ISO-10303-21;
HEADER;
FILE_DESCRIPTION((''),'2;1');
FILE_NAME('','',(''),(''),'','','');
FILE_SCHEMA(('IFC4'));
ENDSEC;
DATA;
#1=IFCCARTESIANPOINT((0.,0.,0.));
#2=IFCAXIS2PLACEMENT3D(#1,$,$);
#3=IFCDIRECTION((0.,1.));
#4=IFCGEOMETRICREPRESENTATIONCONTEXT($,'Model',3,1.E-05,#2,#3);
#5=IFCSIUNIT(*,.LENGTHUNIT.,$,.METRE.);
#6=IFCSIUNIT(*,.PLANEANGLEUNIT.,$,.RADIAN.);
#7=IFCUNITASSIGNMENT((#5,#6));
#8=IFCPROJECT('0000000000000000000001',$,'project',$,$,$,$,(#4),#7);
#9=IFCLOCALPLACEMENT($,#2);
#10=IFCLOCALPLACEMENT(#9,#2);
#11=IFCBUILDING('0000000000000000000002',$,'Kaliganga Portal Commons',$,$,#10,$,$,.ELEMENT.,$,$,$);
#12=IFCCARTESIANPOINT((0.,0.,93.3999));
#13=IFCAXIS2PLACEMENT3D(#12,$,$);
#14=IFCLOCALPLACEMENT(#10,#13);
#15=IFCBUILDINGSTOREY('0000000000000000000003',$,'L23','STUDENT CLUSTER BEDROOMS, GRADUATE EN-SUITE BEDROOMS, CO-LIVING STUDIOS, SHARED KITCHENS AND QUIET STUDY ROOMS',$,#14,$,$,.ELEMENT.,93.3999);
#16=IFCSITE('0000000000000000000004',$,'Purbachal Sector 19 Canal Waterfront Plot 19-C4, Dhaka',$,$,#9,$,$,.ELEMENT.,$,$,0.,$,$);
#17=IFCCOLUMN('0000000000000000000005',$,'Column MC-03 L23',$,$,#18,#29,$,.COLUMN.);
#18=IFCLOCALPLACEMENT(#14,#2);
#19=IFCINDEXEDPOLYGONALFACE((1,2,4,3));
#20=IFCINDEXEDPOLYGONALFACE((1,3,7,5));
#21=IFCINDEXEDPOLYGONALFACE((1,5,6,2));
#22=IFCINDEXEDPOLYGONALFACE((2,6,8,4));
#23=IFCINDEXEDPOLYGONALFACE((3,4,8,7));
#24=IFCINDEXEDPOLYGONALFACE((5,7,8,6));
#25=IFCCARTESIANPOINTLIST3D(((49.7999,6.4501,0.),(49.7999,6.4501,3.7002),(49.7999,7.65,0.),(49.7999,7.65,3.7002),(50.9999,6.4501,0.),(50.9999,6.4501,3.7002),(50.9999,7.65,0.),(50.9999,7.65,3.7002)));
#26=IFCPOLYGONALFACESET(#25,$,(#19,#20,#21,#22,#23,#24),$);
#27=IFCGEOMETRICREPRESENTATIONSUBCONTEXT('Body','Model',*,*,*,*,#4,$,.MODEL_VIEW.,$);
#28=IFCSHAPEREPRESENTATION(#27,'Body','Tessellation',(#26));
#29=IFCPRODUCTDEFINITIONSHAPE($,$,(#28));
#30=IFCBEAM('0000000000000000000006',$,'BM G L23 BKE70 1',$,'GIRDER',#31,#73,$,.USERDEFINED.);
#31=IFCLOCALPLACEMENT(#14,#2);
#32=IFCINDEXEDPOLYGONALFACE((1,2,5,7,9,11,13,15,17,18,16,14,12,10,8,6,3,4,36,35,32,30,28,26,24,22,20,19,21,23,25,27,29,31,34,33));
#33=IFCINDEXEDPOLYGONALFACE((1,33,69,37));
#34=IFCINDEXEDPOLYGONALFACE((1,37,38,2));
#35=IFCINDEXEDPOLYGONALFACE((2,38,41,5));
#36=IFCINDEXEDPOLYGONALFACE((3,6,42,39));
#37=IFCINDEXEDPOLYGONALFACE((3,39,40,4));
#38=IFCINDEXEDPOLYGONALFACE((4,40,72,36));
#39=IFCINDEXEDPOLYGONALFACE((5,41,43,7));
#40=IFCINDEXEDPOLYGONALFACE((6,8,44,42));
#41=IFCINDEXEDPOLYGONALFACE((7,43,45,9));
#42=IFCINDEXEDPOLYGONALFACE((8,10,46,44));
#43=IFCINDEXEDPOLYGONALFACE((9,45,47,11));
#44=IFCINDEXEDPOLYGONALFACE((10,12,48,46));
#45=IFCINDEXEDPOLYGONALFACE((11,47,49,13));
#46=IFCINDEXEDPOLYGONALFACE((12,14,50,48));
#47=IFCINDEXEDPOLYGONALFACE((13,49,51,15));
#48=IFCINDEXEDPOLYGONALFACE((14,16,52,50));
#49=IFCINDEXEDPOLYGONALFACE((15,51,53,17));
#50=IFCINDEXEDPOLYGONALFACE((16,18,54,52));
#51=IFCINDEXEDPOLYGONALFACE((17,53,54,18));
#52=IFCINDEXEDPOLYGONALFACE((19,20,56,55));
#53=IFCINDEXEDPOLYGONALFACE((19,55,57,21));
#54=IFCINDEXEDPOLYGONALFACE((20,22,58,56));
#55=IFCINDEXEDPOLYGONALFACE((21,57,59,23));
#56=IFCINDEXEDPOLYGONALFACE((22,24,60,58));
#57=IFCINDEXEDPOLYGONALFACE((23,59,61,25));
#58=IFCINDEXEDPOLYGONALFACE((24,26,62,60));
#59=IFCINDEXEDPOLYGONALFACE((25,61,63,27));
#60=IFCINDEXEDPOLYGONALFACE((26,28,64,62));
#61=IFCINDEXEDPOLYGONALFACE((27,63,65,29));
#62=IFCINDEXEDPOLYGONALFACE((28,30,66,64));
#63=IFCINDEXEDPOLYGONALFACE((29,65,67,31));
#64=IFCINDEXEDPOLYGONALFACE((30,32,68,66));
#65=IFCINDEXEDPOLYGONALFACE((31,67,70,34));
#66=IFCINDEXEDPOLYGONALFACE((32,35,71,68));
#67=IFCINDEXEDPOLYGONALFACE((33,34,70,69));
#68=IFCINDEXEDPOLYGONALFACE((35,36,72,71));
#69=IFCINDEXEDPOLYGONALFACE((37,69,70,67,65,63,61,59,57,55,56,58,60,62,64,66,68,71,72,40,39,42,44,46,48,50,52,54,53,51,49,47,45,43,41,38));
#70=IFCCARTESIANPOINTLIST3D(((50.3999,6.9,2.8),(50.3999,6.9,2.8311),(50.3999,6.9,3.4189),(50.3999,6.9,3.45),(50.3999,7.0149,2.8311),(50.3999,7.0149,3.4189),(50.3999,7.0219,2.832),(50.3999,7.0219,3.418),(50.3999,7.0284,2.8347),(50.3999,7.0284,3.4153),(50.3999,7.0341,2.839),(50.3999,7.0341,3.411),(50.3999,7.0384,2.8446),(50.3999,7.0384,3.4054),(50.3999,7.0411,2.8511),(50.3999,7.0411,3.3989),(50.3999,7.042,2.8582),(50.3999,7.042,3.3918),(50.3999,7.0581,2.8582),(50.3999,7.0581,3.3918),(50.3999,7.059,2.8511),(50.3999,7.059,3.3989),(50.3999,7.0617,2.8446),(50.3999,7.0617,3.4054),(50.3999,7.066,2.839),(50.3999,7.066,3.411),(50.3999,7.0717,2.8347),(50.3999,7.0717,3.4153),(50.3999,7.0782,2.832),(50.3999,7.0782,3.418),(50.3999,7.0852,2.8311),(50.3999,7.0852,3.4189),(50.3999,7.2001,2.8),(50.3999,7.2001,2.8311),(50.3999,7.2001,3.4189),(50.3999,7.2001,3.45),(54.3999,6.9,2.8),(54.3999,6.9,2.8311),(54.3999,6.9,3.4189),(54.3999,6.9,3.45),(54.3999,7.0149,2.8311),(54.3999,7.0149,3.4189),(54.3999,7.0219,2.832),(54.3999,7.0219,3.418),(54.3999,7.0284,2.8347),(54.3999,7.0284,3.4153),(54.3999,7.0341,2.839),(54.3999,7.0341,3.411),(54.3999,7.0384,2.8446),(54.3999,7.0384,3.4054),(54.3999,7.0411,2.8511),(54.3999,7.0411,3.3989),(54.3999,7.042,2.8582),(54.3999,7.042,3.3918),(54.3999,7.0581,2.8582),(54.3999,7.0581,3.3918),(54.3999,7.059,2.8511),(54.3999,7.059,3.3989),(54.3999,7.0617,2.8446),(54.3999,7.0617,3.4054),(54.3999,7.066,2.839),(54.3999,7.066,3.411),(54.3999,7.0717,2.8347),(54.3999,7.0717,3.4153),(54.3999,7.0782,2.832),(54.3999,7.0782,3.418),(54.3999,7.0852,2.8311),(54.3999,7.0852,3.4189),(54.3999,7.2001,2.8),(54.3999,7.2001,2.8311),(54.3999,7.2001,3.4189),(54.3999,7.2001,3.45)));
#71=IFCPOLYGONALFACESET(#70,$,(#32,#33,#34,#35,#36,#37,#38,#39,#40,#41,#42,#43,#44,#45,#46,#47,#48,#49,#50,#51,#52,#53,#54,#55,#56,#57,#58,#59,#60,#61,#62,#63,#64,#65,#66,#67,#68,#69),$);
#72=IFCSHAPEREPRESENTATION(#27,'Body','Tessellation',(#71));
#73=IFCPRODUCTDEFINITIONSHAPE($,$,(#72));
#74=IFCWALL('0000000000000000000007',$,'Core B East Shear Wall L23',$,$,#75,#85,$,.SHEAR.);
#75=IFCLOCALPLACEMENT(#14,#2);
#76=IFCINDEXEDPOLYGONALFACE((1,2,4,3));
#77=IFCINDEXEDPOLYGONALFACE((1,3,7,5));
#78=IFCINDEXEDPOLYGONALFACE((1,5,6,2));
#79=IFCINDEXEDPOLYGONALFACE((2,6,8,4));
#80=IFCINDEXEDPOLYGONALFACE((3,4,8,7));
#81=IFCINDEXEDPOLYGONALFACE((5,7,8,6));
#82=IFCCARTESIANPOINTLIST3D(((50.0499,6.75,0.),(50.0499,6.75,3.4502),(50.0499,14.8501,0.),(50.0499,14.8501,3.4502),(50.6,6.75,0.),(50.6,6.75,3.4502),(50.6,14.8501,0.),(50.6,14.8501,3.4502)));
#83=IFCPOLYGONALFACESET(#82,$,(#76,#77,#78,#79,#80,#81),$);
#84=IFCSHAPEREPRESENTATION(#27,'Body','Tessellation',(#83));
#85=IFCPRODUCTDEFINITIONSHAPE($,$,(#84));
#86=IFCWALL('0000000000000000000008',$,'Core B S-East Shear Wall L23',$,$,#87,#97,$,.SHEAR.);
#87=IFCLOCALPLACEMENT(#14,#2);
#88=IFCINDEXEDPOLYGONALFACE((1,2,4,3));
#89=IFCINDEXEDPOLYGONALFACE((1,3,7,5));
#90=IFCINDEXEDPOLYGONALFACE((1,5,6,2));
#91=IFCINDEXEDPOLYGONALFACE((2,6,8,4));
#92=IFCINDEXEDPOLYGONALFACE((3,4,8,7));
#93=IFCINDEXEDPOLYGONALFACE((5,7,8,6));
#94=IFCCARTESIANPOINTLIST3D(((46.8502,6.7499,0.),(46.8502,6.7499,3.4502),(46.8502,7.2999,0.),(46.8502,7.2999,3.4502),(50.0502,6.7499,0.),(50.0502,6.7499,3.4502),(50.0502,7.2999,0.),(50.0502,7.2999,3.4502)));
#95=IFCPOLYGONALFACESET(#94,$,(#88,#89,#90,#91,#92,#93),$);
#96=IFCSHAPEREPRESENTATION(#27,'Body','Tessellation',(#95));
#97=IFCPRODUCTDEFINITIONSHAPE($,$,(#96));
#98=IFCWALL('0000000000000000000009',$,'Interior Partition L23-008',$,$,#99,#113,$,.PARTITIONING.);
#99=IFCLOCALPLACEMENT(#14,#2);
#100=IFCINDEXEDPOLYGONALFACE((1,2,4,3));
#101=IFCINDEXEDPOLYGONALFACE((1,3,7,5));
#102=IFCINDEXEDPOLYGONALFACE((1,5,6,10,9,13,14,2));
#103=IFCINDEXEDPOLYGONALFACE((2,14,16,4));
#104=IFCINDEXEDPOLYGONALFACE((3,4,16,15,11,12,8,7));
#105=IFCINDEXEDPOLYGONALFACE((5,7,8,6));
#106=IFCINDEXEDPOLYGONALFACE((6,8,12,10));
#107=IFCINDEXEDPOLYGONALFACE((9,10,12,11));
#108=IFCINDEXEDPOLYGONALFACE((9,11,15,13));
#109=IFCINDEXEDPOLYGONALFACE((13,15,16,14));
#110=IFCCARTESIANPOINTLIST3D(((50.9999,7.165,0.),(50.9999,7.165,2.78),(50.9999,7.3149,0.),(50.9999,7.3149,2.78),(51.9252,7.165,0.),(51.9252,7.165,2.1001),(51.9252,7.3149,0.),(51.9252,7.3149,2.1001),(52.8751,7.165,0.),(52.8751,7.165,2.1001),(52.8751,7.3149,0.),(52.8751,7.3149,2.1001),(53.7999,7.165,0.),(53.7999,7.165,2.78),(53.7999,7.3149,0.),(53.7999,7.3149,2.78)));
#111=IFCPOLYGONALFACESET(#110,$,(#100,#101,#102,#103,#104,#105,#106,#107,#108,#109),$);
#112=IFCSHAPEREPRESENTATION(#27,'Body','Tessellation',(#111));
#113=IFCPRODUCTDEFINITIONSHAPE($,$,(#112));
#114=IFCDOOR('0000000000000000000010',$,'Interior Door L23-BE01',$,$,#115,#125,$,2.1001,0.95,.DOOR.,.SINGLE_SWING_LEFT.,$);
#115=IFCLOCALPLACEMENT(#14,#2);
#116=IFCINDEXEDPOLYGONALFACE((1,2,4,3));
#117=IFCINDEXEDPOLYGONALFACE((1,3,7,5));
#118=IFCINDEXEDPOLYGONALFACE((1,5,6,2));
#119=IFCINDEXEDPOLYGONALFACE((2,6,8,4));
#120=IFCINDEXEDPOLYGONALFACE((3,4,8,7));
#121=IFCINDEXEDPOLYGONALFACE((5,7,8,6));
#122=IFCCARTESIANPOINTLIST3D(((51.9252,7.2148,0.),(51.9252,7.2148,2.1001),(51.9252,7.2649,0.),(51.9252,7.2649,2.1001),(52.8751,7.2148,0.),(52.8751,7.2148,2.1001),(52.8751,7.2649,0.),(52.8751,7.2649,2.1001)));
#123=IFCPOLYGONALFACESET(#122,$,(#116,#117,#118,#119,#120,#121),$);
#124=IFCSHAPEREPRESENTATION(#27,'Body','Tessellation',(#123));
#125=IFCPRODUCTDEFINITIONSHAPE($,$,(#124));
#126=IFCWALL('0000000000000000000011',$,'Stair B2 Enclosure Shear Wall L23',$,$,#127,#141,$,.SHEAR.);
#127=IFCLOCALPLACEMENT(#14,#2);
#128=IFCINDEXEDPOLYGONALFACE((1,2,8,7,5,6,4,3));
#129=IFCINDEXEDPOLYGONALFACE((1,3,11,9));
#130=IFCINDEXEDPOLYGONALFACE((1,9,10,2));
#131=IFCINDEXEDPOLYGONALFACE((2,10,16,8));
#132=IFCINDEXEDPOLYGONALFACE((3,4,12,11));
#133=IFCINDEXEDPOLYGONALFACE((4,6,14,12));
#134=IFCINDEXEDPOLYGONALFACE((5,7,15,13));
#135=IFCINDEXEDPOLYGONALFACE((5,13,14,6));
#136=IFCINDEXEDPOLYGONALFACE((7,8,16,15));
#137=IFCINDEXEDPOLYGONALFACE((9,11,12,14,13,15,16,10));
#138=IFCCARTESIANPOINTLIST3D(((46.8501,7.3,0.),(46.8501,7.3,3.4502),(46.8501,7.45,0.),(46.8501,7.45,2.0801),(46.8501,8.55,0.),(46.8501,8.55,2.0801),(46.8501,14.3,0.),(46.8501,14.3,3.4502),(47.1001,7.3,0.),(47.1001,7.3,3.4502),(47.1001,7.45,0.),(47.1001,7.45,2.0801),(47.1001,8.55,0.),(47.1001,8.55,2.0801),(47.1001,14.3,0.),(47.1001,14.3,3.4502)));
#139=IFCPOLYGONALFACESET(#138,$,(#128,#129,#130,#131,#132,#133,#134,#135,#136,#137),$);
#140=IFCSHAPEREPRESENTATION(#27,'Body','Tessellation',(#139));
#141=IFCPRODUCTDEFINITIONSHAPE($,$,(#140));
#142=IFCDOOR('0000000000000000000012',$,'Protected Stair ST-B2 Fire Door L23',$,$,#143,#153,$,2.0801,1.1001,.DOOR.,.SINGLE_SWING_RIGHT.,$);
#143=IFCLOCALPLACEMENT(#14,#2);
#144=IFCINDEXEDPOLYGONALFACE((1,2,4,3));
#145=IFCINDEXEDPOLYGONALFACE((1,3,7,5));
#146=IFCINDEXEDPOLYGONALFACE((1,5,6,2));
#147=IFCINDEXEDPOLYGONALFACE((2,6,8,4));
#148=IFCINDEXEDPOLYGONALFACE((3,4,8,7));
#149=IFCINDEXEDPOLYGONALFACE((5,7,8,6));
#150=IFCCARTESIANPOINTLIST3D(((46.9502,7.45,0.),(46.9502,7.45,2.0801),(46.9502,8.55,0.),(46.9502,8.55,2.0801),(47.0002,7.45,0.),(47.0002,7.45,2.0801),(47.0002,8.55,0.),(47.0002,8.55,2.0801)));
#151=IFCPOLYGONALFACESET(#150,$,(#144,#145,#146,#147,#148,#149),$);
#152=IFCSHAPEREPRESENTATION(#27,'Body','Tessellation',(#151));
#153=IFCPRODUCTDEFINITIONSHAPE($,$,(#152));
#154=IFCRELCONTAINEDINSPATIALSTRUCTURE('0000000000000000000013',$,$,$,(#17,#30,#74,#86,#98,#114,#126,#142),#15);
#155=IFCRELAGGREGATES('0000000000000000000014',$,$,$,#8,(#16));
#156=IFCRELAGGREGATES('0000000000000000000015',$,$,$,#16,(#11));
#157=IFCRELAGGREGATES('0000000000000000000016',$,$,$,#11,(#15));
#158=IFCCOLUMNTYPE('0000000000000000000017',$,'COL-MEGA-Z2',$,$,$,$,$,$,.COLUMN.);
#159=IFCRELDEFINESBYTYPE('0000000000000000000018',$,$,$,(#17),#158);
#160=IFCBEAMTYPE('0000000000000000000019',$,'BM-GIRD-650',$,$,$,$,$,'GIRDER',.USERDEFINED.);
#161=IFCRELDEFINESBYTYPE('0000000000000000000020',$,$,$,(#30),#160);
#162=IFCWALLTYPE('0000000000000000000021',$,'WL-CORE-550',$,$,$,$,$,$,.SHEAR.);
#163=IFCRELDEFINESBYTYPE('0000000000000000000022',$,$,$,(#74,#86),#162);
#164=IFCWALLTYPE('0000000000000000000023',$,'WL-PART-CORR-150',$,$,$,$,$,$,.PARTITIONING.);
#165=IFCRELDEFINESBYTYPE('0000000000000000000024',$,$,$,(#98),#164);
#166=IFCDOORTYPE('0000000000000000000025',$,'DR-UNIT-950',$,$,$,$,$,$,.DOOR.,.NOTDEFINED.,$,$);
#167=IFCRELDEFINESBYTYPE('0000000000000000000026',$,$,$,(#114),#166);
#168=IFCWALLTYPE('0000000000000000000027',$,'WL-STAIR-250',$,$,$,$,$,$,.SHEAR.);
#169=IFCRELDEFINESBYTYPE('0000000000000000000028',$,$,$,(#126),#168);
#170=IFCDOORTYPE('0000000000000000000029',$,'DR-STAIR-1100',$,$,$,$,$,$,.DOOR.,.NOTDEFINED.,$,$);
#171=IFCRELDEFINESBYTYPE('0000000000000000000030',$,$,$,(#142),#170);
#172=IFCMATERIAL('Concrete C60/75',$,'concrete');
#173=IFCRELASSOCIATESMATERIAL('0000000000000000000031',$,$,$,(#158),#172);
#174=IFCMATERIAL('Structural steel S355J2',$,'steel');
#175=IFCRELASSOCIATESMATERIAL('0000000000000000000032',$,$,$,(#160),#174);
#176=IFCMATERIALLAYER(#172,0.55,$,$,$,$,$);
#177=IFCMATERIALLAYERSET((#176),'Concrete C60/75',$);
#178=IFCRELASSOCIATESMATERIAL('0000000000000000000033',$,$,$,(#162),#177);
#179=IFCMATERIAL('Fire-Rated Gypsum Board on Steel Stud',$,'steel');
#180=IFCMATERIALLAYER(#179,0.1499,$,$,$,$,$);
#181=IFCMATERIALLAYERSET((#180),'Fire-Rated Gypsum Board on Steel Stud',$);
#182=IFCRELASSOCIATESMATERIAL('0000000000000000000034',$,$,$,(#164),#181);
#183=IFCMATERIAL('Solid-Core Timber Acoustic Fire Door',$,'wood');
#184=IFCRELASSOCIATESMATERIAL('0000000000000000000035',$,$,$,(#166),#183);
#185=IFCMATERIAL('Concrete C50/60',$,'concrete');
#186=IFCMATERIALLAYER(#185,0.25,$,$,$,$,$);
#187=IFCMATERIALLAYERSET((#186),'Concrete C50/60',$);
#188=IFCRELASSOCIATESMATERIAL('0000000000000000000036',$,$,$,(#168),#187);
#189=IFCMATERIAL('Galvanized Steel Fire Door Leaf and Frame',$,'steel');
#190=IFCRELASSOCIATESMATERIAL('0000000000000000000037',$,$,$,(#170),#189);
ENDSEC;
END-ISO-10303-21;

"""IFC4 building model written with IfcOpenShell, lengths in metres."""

from ifc_helpers import new_model, si_unit, direction, frame, frame_2d, origin, origin_2d, place, context, subcontext, project, spatial, rectangle, i_section, extrude, source, transform, mapped, material, layer, layer_set, material_profile, profile_set, type_object, element, fill, save


model = new_model("IFC4")

# Units and contexts
model_context = context("Model", 3, precision=1e-05, world=origin(), true_north=direction((0.0, 1.0)))
body_context = subcontext(model_context, "Body", "Model", "MODEL_VIEW")
ifc_project = project(units=[si_unit("LENGTHUNIT", "METRE"), si_unit("PLANEANGLEUNIT", "RADIAN")], contexts=[model_context])

# Site, building, storey
site_placement = place(None, origin())
site = spatial("IfcSite", under=ifc_project, at=site_placement, Name="Purbachal Sector 19 Canal Waterfront Plot 19-C4, Dhaka", CompositionType="ELEMENT", RefElevation=0.0)
building_placement = place(site_placement, origin())
building = spatial("IfcBuilding", under=site, at=building_placement, Name="Kaliganga Portal Commons", CompositionType="ELEMENT")
storey_placement = place(building_placement, frame((0.0, 0.0, 93.3999)))
storey = spatial("IfcBuildingStorey", under=building, at=storey_placement, Name="L23", Description="STUDENT CLUSTER BEDROOMS, GRADUATE EN-SUITE BEDROOMS, CO-LIVING STUDIOS, SHARED KITCHENS AND QUIET STUDY ROOMS", CompositionType="ELEMENT", Elevation=93.3999)

# Column
ifc_material_1 = material(Name="Concrete C60/75", Category="concrete")
ifc_material_profile_1 = material_profile(ifc_material_1, rectangle(XDim=1.2, YDim=1.2, at=origin_2d()), Name="RC 1200x1200")
ifc_profile_set_1 = profile_set([ifc_material_profile_1], Name="Concrete C60/75")
column_type = type_object("IfcColumnType", Name="COL-MEGA-Z2", PredefinedType="COLUMN", material=ifc_profile_set_1)
shared_shape_1 = source(origin(), body_context, "Body", "SweptSolid", [
    extrude(rectangle(XDim=1.2, YDim=1.2, at=origin_2d()), origin(), (0.0, 0.0, 1.0), 3.7002),
])
column_placement = place(storey_placement, frame((50.3999, 7.05, 0.0), z_axis=(0.0, 0.0, 1.0), x_axis=(1.0, 0.0, 0.0)))
element("IfcColumn", 1, at=column_placement, inside=storey, type_object=column_type, Name="Column MC-03 L23", PredefinedType="COLUMN", context=body_context, shape_type="MappedRepresentation", body=[
    mapped(shared_shape_1, transform((0.0, 0.0, 0.0), x_axis=(1.0, 0.0, 0.0), y_axis=(0.0, 1.0, 0.0), z_axis=(0.0, 0.0, 1.0), scale=1.0)),
])

# Beam
ifc_material_2 = material(Name="Structural steel S355J2", Category="steel")
ifc_material_profile_2 = material_profile(ifc_material_2, i_section(OverallWidth=0.3, OverallDepth=0.6499, WebThickness=0.0161, FlangeThickness=0.031, FilletRadius=0.0271, at=origin_2d()), Name="HE 650 B")
ifc_profile_set_2 = profile_set([ifc_material_profile_2], Name="Structural steel S355J2 wide-flange")
beam_type = type_object("IfcBeamType", Name="BM-GIRD-650", ElementType="GIRDER", PredefinedType="USERDEFINED", material=ifc_profile_set_2)
shared_shape_2 = source(origin(), body_context, "Body", "SweptSolid", [
    extrude(i_section(OverallWidth=0.3, OverallDepth=0.6499, WebThickness=0.0161, FlangeThickness=0.031, FilletRadius=0.0271, at=origin_2d()), origin(), (0.0, 0.0, 1.0), 4.0),
])
beam_placement = place(storey_placement, frame((50.3999, 7.05, 3.125), z_axis=(1.0, 0.0, 0.0), x_axis=(0.0, 1.0, 0.0)))
element("IfcBeam", 2, at=beam_placement, inside=storey, type_object=beam_type, Name="BM G L23 BKE70 1", ObjectType="GIRDER", PredefinedType="USERDEFINED", context=body_context, shape_type="MappedRepresentation", body=[
    mapped(shared_shape_2, transform((0.0, 0.0, 0.0), x_axis=(1.0, 0.0, 0.0), y_axis=(0.0, 1.0, 0.0), z_axis=(0.0, 0.0, 1.0), scale=1.0)),
])

# Walls
ifc_layer_1 = layer(ifc_material_1, 0.55)
ifc_layer_set_1 = layer_set([ifc_layer_1], Name="Concrete C60/75")
wall_type_1 = type_object("IfcWallType", Name="WL-CORE-550", PredefinedType="SHEAR", material=ifc_layer_set_1)
wall_1_placement = place(storey_placement, frame((50.325, 6.75, 0.0), z_axis=(0.0, 0.0, 1.0), x_axis=(0.0, 1.0, 0.0)))
element("IfcWall", 3, at=wall_1_placement, inside=storey, type_object=wall_type_1, Name="Core B East Shear Wall L23", PredefinedType="SHEAR", context=body_context, shape_type="SweptSolid", body=[
    extrude(rectangle(XDim=8.1001, YDim=0.55, at=frame_2d((4.05, 0.0))), origin(), (0.0, 0.0, 1.0), 3.4502),
])
wall_2_placement = place(storey_placement, frame((46.8501, 7.0249, 0.0), z_axis=(0.0, 0.0, 1.0), x_axis=(1.0, 0.0, 0.0)))
element("IfcWall", 4, at=wall_2_placement, inside=storey, type_object=wall_type_1, Name="Core B S-East Shear Wall L23", PredefinedType="SHEAR", context=body_context, shape_type="SweptSolid", body=[
    extrude(rectangle(XDim=3.2, YDim=0.55, at=frame_2d((1.6001, 0.0))), origin(), (0.0, 0.0, 1.0), 3.4502),
])

# Walls, openings, doors
ifc_material_3 = material(Name="Fire-Rated Gypsum Board on Steel Stud", Category="steel")
ifc_layer_2 = layer(ifc_material_3, 0.1499)
ifc_layer_set_2 = layer_set([ifc_layer_2], Name="Fire-Rated Gypsum Board on Steel Stud")
wall_type_2 = type_object("IfcWallType", Name="WL-PART-CORR-150", PredefinedType="PARTITIONING", material=ifc_layer_set_2)
wall_3_placement = place(storey_placement, frame((51.0, 7.24, 0.0), z_axis=(0.0, 0.0, 1.0), x_axis=(1.0, 0.0, 0.0)))
wall_3 = element("IfcWall", 5, at=wall_3_placement, inside=storey, type_object=wall_type_2, Name="Interior Partition L23-008", PredefinedType="PARTITIONING", context=body_context, shape_type="SweptSolid", body=[
    extrude(rectangle(XDim=2.8, YDim=0.1499, at=frame_2d((1.3999, 0.0))), origin(), (0.0, 0.0, 1.0), 2.78),
])
opening_1_placement = place(wall_3_placement, frame((0.925, 0.0, 0.0)))
opening_1 = element("IfcOpeningElement", 6, at=opening_1_placement, cuts=wall_3, PredefinedType="OPENING", context=body_context, shape_type="SweptSolid", body=[
    extrude(rectangle(XDim=0.95, YDim=2.1001, at=frame_2d((0.4751, 1.05))), frame((0.0, 0.085, 0.0), z_axis=(0.0, -1.0, 0.0), x_axis=(1.0, 0.0, 0.0)), (0.0, 0.0, 1.0), 0.1699),
])
ifc_material_4 = material(Name="Solid-Core Timber Acoustic Fire Door", Category="wood")
door_type_1 = type_object("IfcDoorType", Name="DR-UNIT-950", OperationType="NOTDEFINED", PredefinedType="DOOR", material=ifc_material_4)
door_1_placement = place(opening_1_placement, origin())
door_1 = element("IfcDoor", 7, at=door_1_placement, inside=storey, type_object=door_type_1, Name="Interior Door L23-BE01", OperationType="SINGLE_SWING_LEFT", OverallHeight=2.1001, OverallWidth=0.95, PredefinedType="DOOR", context=body_context, shape_type="SweptSolid", body=[
    extrude(rectangle(XDim=0.95, YDim=2.1001, at=frame_2d((0.4751, 1.05))), frame((0.0, 0.0249, 0.0), z_axis=(0.0, -1.0, 0.0), x_axis=(1.0, 0.0, 0.0)), (0.0, 0.0, 1.0), 0.05),
])
fill(opening_1, door_1)
ifc_material_5 = material(Name="Concrete C50/60", Category="concrete")
ifc_layer_3 = layer(ifc_material_5, 0.25)
ifc_layer_set_3 = layer_set([ifc_layer_3], Name="Concrete C50/60")
wall_type_3 = type_object("IfcWallType", Name="WL-STAIR-250", PredefinedType="SHEAR", material=ifc_layer_set_3)
wall_4_placement = place(storey_placement, frame((46.9751, 7.3, 0.0), z_axis=(0.0, 0.0, 1.0), x_axis=(0.0, 1.0, 0.0)))
wall_4 = element("IfcWall", 8, at=wall_4_placement, inside=storey, type_object=wall_type_3, Name="Stair B2 Enclosure Shear Wall L23", PredefinedType="SHEAR", context=body_context, shape_type="SweptSolid", body=[
    extrude(rectangle(XDim=7.0, YDim=0.25, at=frame_2d((3.5, 0.0))), origin(), (0.0, 0.0, 1.0), 3.4502),
])
opening_2_placement = place(wall_4_placement, frame((0.1499, 0.0, 0.0)))
opening_2 = element("IfcOpeningElement", 9, at=opening_2_placement, cuts=wall_4, PredefinedType="OPENING", context=body_context, shape_type="SweptSolid", body=[
    extrude(rectangle(XDim=1.1001, YDim=2.0801, at=frame_2d((0.55, 1.04))), frame((0.0, 0.135, 0.0), z_axis=(0.0, -1.0, 0.0), x_axis=(1.0, 0.0, 0.0)), (0.0, 0.0, 1.0), 0.27),
])
ifc_material_6 = material(Name="Galvanized Steel Fire Door Leaf and Frame", Category="steel")
door_type_2 = type_object("IfcDoorType", Name="DR-STAIR-1100", OperationType="NOTDEFINED", PredefinedType="DOOR", material=ifc_material_6)
door_2_placement = place(opening_2_placement, origin())
door_2 = element("IfcDoor", 10, at=door_2_placement, inside=storey, type_object=door_type_2, Name="Protected Stair ST-B2 Fire Door L23", OperationType="SINGLE_SWING_RIGHT", OverallHeight=2.0801, OverallWidth=1.1001, PredefinedType="DOOR", context=body_context, shape_type="SweptSolid", body=[
    extrude(rectangle(XDim=1.1001, YDim=2.0801, at=frame_2d((0.55, 1.04))), frame((0.0, 0.0249, 0.0), z_axis=(0.0, -1.0, 0.0), x_axis=(1.0, 0.0, 0.0)), (0.0, 0.0, 1.0), 0.05),
])
fill(opening_2, door_2)

save(model, "model.ifc")
